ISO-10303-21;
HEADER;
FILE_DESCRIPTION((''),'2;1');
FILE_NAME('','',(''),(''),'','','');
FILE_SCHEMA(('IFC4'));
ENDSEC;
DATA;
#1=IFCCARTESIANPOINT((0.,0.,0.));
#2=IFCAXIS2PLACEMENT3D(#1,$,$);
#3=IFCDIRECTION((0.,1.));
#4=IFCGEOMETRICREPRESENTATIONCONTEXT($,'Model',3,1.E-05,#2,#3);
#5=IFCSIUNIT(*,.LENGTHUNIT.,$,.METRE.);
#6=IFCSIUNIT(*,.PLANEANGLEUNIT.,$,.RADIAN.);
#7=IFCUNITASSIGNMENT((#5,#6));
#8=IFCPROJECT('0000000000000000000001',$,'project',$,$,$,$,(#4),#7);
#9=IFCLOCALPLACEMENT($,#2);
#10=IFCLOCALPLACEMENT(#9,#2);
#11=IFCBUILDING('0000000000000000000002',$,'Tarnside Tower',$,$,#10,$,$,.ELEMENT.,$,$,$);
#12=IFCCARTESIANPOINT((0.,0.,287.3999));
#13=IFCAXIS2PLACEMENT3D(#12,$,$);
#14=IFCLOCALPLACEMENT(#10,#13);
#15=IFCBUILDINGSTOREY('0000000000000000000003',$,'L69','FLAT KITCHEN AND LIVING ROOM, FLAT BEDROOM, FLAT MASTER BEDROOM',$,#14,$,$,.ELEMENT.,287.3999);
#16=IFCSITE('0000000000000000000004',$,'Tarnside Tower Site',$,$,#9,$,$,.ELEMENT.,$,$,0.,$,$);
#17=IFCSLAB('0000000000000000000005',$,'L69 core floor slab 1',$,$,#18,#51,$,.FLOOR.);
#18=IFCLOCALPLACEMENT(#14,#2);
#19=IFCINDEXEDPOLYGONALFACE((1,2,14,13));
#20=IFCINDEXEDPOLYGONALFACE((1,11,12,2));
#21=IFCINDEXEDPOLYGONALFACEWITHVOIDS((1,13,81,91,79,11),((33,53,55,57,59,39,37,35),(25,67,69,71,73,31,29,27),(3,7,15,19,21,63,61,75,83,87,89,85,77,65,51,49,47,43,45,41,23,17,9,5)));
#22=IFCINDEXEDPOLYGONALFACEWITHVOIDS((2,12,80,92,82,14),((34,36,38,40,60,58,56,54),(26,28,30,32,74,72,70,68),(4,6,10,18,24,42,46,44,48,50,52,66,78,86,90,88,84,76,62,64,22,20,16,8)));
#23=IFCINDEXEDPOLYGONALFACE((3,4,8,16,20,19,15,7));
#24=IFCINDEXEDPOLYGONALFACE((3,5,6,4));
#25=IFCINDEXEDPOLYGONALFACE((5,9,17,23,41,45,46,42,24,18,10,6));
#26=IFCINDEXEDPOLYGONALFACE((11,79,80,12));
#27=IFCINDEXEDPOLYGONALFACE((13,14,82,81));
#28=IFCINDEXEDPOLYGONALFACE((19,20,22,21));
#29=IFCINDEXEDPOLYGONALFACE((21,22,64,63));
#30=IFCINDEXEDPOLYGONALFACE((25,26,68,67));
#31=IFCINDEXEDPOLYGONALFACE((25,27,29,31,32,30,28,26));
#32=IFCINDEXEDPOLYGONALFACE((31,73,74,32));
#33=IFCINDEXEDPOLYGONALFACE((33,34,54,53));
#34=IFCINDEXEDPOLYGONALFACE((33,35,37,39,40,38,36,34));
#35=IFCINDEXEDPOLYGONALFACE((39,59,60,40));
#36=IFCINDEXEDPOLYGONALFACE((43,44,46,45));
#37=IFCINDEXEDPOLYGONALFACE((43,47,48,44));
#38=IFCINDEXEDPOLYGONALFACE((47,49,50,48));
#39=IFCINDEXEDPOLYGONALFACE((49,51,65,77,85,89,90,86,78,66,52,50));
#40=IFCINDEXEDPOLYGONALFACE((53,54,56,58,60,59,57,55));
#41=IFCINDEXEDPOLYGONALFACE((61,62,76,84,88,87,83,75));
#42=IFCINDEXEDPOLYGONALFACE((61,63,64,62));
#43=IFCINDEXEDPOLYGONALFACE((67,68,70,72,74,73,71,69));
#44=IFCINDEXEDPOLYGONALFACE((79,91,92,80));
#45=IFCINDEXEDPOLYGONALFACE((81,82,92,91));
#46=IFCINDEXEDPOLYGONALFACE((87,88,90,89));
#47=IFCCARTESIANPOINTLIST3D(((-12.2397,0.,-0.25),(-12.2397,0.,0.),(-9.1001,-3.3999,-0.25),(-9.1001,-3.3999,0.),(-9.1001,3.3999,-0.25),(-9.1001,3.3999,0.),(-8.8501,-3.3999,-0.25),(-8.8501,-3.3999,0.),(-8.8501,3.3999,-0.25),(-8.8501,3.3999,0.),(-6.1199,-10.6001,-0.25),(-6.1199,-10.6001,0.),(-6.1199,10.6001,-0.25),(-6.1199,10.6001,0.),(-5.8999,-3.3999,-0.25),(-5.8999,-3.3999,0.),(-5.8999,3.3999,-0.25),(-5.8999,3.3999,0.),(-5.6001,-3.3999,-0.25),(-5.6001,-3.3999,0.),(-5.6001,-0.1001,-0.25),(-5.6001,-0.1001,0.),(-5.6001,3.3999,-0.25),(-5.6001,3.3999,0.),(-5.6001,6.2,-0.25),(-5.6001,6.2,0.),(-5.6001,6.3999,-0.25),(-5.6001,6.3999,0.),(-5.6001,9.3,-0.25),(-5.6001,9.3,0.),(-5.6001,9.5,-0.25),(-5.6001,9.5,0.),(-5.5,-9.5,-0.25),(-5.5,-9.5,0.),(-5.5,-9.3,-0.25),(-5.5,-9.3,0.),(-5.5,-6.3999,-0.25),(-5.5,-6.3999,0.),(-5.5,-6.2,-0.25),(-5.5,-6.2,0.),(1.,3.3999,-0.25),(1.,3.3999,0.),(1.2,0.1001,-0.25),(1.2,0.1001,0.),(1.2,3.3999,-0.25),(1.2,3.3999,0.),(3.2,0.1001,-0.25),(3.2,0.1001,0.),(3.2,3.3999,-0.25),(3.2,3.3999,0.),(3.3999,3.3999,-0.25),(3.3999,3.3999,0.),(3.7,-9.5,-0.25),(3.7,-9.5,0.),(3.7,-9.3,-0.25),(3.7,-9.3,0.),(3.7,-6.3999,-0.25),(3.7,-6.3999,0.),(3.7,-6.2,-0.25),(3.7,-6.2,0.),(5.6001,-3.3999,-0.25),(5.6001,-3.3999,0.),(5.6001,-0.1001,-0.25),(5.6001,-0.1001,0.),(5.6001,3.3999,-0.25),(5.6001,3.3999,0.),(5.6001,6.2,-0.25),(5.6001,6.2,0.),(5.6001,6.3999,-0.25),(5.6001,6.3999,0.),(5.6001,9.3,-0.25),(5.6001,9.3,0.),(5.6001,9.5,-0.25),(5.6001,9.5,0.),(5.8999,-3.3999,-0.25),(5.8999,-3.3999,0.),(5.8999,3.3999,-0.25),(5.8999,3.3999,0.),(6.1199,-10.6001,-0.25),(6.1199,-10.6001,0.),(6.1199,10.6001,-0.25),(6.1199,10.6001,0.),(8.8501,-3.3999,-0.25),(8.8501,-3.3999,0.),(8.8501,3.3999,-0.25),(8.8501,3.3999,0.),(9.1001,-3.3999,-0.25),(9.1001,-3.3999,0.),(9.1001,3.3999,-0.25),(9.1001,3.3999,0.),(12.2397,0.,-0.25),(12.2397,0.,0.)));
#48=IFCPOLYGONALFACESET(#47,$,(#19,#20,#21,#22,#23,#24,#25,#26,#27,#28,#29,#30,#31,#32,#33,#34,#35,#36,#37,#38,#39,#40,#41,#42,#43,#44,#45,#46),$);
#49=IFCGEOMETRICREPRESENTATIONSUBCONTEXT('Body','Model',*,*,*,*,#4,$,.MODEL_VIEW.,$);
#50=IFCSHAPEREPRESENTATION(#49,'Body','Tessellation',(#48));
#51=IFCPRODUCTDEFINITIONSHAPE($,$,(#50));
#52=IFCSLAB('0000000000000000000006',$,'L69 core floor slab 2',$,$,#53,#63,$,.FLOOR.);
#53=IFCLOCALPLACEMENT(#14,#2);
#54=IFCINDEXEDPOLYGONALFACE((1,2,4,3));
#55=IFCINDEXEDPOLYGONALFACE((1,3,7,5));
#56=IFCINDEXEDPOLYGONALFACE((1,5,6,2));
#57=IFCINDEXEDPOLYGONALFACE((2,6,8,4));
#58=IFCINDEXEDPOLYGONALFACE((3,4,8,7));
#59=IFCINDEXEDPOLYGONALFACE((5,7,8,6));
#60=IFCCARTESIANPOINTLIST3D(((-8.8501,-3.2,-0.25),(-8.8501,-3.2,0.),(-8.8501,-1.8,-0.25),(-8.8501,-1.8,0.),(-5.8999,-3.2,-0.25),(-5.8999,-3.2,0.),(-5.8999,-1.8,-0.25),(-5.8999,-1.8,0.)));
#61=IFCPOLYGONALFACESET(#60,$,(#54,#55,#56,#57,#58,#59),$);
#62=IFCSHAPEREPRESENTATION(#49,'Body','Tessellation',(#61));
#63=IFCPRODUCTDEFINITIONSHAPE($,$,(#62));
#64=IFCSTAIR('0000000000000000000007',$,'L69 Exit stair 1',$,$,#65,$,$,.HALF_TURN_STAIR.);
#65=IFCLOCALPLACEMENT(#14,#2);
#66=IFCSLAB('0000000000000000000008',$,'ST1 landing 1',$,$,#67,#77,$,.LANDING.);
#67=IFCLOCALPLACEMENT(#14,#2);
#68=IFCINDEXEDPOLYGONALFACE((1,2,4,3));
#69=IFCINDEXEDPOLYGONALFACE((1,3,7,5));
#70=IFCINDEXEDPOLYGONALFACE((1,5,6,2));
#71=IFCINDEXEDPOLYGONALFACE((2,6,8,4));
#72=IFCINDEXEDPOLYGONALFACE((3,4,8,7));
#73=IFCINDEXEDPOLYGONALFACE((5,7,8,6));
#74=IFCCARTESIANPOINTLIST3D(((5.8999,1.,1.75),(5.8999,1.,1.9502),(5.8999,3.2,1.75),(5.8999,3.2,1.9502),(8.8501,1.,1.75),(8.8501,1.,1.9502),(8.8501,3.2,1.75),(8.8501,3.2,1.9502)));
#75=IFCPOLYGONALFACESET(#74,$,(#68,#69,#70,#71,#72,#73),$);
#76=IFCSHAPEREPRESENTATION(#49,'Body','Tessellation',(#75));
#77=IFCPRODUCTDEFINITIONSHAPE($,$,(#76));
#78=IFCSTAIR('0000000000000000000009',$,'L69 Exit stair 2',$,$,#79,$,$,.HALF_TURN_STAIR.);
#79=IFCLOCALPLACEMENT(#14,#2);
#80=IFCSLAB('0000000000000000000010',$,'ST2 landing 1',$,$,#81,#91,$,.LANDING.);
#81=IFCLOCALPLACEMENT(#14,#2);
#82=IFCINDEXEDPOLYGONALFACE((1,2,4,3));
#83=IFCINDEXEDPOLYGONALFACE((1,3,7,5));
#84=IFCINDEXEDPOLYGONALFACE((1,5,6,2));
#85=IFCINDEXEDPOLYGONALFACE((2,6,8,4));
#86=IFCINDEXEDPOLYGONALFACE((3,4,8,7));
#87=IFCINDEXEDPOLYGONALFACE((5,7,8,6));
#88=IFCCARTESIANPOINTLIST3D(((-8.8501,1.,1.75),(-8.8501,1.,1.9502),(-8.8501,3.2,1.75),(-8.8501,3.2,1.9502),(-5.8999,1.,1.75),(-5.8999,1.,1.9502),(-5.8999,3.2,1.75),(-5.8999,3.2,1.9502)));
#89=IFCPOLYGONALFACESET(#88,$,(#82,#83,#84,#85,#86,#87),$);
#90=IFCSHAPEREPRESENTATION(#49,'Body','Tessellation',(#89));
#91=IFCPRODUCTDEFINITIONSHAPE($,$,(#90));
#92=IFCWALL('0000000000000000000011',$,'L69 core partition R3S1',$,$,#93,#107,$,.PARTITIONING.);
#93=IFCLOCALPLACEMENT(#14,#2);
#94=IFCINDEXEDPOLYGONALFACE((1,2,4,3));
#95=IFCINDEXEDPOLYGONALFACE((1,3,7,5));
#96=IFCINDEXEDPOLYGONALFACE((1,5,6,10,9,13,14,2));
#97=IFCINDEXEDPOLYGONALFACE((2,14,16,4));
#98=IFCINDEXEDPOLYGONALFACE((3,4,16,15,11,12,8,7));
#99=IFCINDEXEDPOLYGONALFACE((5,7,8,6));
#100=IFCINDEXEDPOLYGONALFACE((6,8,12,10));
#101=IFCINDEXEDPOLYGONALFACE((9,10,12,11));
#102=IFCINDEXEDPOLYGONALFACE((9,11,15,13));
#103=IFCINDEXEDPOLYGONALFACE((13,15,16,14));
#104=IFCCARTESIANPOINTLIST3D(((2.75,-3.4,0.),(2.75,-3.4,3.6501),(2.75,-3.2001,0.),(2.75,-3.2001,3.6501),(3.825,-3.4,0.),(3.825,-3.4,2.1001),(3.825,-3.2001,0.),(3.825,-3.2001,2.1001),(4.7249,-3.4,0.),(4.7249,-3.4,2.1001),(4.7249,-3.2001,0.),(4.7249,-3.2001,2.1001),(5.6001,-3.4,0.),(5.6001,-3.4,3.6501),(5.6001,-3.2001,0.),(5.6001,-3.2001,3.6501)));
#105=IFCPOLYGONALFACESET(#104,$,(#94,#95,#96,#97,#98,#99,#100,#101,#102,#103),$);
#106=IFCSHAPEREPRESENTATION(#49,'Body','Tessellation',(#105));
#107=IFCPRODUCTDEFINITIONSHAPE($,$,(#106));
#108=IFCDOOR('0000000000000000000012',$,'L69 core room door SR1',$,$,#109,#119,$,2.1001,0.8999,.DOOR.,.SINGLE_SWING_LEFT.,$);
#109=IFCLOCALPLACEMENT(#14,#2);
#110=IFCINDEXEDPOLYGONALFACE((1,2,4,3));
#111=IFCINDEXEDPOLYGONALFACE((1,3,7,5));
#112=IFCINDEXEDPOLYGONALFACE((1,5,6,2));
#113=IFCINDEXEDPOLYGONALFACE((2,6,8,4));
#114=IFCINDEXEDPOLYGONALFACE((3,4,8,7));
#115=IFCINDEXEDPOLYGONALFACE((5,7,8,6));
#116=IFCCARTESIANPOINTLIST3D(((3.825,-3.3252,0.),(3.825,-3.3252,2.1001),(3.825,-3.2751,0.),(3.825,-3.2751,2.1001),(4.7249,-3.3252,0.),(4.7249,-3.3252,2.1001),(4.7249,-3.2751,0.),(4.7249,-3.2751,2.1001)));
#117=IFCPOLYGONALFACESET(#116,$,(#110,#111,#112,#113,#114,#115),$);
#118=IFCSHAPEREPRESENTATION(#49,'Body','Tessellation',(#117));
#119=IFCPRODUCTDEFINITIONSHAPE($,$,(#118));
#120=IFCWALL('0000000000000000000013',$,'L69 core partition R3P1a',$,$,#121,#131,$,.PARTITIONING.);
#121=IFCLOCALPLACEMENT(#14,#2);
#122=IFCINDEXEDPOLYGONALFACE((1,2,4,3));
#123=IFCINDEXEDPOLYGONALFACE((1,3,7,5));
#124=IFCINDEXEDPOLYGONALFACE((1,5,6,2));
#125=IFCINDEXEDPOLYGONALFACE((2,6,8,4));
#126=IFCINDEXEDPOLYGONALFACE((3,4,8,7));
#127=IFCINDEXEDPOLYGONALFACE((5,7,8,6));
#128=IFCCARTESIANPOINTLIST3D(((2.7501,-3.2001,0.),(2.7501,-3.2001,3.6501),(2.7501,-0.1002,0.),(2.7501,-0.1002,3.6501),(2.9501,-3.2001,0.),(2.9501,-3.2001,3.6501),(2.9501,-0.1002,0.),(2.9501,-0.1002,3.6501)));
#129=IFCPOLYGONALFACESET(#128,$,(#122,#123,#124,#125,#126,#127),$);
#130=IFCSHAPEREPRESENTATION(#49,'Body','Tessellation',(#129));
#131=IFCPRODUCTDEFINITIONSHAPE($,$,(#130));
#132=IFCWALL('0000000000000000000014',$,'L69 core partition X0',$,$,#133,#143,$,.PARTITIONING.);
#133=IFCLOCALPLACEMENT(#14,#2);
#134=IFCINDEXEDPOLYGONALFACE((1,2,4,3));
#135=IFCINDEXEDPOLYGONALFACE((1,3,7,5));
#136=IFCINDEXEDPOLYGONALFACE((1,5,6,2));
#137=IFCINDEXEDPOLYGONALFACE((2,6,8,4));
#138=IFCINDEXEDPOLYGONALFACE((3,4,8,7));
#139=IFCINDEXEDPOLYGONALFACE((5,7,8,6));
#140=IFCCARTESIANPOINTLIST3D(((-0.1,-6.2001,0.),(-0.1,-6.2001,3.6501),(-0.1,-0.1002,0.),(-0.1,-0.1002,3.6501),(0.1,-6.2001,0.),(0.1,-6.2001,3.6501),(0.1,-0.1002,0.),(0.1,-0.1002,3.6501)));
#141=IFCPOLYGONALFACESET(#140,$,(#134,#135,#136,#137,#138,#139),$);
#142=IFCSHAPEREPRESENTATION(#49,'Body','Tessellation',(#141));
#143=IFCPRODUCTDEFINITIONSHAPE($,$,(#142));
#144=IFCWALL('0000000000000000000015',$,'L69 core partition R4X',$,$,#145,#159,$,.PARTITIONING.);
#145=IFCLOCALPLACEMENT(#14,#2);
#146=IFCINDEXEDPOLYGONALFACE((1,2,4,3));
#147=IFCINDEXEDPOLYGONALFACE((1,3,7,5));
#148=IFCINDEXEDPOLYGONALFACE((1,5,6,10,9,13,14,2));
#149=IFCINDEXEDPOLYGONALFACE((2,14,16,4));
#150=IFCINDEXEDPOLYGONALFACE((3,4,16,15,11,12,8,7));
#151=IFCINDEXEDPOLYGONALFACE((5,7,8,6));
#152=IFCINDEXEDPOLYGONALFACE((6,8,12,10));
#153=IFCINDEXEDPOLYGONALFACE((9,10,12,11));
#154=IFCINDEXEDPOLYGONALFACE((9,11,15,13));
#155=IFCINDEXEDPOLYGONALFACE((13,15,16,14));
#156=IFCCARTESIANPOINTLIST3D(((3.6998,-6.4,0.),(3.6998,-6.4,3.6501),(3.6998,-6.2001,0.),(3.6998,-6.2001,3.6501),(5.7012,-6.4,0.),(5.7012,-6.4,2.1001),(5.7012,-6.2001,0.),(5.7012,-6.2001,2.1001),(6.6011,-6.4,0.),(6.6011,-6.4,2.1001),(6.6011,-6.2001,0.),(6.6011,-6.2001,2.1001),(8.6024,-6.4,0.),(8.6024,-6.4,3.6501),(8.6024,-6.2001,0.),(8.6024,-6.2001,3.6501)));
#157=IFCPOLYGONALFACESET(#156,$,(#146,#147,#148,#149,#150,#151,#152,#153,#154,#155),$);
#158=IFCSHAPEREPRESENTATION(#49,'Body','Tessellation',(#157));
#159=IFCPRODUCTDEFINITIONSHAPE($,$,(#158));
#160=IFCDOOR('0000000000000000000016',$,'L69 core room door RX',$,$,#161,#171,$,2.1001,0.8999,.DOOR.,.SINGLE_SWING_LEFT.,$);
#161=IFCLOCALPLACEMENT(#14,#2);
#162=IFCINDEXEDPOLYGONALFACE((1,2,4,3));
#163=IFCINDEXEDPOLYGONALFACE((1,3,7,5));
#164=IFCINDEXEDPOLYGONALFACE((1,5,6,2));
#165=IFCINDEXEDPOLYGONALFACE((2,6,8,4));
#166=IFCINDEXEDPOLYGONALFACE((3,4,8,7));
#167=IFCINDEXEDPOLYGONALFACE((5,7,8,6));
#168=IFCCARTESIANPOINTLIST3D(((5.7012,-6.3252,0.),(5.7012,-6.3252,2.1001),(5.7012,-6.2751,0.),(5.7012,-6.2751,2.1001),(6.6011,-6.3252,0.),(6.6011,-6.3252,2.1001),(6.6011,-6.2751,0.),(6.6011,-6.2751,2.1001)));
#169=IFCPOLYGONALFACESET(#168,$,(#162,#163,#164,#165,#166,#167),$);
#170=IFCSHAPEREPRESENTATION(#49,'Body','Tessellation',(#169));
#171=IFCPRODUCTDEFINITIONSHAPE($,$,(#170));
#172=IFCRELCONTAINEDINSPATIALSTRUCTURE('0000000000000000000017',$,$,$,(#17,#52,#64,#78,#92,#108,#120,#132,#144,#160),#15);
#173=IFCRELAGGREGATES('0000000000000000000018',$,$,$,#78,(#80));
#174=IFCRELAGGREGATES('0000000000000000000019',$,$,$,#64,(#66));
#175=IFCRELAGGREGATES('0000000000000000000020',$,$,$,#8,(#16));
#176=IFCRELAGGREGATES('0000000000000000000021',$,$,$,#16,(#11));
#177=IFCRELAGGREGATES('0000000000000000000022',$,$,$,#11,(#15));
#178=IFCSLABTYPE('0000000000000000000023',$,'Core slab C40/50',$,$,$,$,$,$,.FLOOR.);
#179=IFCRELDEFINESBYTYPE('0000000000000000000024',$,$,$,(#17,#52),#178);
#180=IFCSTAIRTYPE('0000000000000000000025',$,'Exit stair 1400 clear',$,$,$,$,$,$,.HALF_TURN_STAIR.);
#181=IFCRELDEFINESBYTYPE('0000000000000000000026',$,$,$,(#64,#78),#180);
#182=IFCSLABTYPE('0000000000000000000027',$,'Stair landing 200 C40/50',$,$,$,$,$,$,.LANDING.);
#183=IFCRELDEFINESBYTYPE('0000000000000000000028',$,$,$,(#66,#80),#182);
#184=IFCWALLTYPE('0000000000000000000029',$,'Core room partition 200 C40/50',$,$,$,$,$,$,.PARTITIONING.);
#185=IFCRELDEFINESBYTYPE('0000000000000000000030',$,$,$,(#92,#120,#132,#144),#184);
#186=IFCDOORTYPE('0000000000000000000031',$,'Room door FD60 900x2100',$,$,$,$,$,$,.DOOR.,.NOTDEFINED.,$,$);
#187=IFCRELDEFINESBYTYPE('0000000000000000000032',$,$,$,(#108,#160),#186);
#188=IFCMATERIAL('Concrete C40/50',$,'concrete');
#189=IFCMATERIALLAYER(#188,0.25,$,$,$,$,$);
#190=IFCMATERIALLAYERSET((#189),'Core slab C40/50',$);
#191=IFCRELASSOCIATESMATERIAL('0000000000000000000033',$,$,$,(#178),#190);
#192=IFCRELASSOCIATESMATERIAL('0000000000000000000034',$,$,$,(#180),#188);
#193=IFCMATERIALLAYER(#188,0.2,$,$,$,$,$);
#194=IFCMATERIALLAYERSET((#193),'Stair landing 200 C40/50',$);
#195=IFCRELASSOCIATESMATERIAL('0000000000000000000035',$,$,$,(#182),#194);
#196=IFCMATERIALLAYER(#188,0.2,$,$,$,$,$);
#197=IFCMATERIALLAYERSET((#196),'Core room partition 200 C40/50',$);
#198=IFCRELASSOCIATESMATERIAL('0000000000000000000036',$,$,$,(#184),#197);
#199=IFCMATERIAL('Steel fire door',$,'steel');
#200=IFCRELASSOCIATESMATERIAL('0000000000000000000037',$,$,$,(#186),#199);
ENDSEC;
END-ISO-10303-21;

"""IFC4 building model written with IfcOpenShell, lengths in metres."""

from ifc_helpers import new_model, si_unit, direction, frame, frame_2d, origin, place, context, subcontext, project, spatial, polyline, rectangle, outline, extrude, material, layer, layer_set, type_object, element, fill, aggregate, save


model = new_model("IFC4")

# Units and contexts
model_context = context("Model", 3, precision=1e-05, world=origin(), true_north=direction((0.0, 1.0)))
body_context = subcontext(model_context, "Body", "Model", "MODEL_VIEW")
ifc_project = project(units=[si_unit("LENGTHUNIT", "METRE"), si_unit("PLANEANGLEUNIT", "RADIAN")], contexts=[model_context])

# Site, building, storey
site_placement = place(None, origin())
site = spatial("IfcSite", under=ifc_project, at=site_placement, Name="Tarnside Tower Site", CompositionType="ELEMENT", RefElevation=0.0)
building_placement = place(site_placement, origin())
building = spatial("IfcBuilding", under=site, at=building_placement, Name="Tarnside Tower", CompositionType="ELEMENT")
storey_placement = place(building_placement, frame((0.0, 0.0, 287.3999)))
storey = spatial("IfcBuildingStorey", under=building, at=storey_placement, Name="L69", Description="FLAT KITCHEN AND LIVING ROOM, FLAT BEDROOM, FLAT MASTER BEDROOM", CompositionType="ELEMENT", Elevation=287.3999)

# Slabs
ifc_material_1 = material(Name="Concrete C40/50", Category="concrete")
ifc_layer_1 = layer(ifc_material_1, 0.25)
ifc_layer_set_1 = layer_set([ifc_layer_1], Name="Core slab C40/50")
slab_type_1 = type_object("IfcSlabType", Name="Core slab C40/50", PredefinedType="FLOOR", material=ifc_layer_set_1)
slab_1_placement = place(storey_placement, frame((0.0, 0.0, -0.25)))
element("IfcSlab", 1, at=slab_1_placement, inside=storey, type_object=slab_type_1, Name="L69 core floor slab 1", PredefinedType="FLOOR", context=body_context, shape_type="SweptSolid", body=[
    extrude(outline(polyline([(6.1199, 10.6001), (12.2397, 0.0), (6.1199, -10.6001), (-6.1199, -10.6001), (-12.2397, 0.0), (-6.1199, 10.6001), (6.1199, 10.6001)]), holes=[polyline([(-5.5, -9.5), (3.7, -9.5), (3.7, -9.3), (3.7, -6.3999), (3.7, -6.2), (-5.5, -6.2), (-5.5, -6.3999), (-5.5, -9.3), (-5.5, -9.5)]), polyline([(-5.6001, -3.3999), (-5.6001, -0.1001), (5.6001, -0.1001), (5.6001, -3.3999), (5.8999, -3.3999), (8.8501, -3.3999), (9.1001, -3.3999), (9.1001, 3.3999), (8.8501, 3.3999), (5.8999, 3.3999), (5.6001, 3.3999), (3.3999, 3.3999), (3.2, 3.3999), (3.2, 0.1001), (1.2, 0.1001), (1.2, 3.3999), (1.0, 3.3999), (-5.6001, 3.3999), (-5.8999, 3.3999), (-8.8501, 3.3999), (-9.1001, 3.3999), (-9.1001, -3.3999), (-8.8501, -3.3999), (-5.8999, -3.3999), (-5.6001, -3.3999)]), polyline([(-5.6001, 6.2), (5.6001, 6.2), (5.6001, 6.3999), (5.6001, 9.3), (5.6001, 9.5), (-5.6001, 9.5), (-5.6001, 9.3), (-5.6001, 6.3999), (-5.6001, 6.2)])]), origin(), (0.0, 0.0, 1.0), 0.25),
])
slab_2_placement = place(storey_placement, frame((0.0, 0.0, -0.25)))
element("IfcSlab", 2, at=slab_2_placement, inside=storey, type_object=slab_type_1, Name="L69 core floor slab 2", PredefinedType="FLOOR", context=body_context, shape_type="SweptSolid", body=[
    extrude(outline(polyline([(-8.8501, -3.2), (-8.8501, -1.8), (-5.8999, -1.8), (-5.8999, -3.2), (-8.8501, -3.2)])), origin(), (0.0, 0.0, 1.0), 0.25),
])

# Stairs, slabs
stair_type = type_object("IfcStairType", Name="Exit stair 1400 clear", PredefinedType="HALF_TURN_STAIR", material=ifc_material_1)
stair_1_placement = place(storey_placement, origin())
stair_1 = element("IfcStair", 3, at=stair_1_placement, inside=storey, type_object=stair_type, Name="L69 Exit stair 1", PredefinedType="HALF_TURN_STAIR")
ifc_layer_2 = layer(ifc_material_1, 0.2)
ifc_layer_set_2 = layer_set([ifc_layer_2], Name="Stair landing 200 C40/50")
slab_type_2 = type_object("IfcSlabType", Name="Stair landing 200 C40/50", PredefinedType="LANDING", material=ifc_layer_set_2)
slab_3_placement = place(storey_placement, frame((0.0, 0.0, 1.75)))
slab_3 = element("IfcSlab", 4, at=slab_3_placement, type_object=slab_type_2, Name="ST1 landing 1", PredefinedType="LANDING", context=body_context, shape_type="SweptSolid", body=[
    extrude(outline(polyline([(8.8501, 1.0), (8.8501, 3.2), (5.8999, 3.2), (5.8999, 1.0), (8.8501, 1.0)])), origin(), (0.0, 0.0, 1.0), 0.2002),
])
stair_2_placement = place(storey_placement, origin())
stair_2 = element("IfcStair", 5, at=stair_2_placement, inside=storey, type_object=stair_type, Name="L69 Exit stair 2", PredefinedType="HALF_TURN_STAIR")
slab_4_placement = place(storey_placement, frame((0.0, 0.0, 1.75)))
slab_4 = element("IfcSlab", 6, at=slab_4_placement, type_object=slab_type_2, Name="ST2 landing 1", PredefinedType="LANDING", context=body_context, shape_type="SweptSolid", body=[
    extrude(outline(polyline([(-5.8999, 1.0), (-5.8999, 3.2), (-8.8501, 3.2), (-8.8501, 1.0), (-5.8999, 1.0)])), origin(), (0.0, 0.0, 1.0), 0.2002),
])
aggregate(stair_2, [slab_4])

# Wall, opening, door
ifc_layer_3 = layer(ifc_material_1, 0.2)
ifc_layer_set_3 = layer_set([ifc_layer_3], Name="Core room partition 200 C40/50")
wall_type_1 = type_object("IfcWallType", Name="Core room partition 200 C40/50", PredefinedType="PARTITIONING", material=ifc_layer_set_3)
wall_1_placement = place(storey_placement, frame((2.75, -3.3, 0.0), z_axis=(0.0, 0.0, 1.0), x_axis=(1.0, 0.0, 0.0)))
wall_1 = element("IfcWall", 7, at=wall_1_placement, inside=storey, type_object=wall_type_1, Name="L69 core partition R3S1", PredefinedType="PARTITIONING", context=body_context, shape_type="SweptSolid", body=[
    extrude(rectangle(XDim=2.8501, YDim=0.2, at=frame_2d((1.425, 0.0))), origin(), (0.0, 0.0, 1.0), 3.6501),
])
opening_1_placement = place(wall_1_placement, frame((1.075, 0.0, 0.0)))
opening_1 = element("IfcOpeningElement", 8, at=opening_1_placement, cuts=wall_1, PredefinedType="OPENING", context=body_context, shape_type="SweptSolid", body=[
    extrude(rectangle(XDim=0.8999, YDim=2.1001, at=frame_2d((0.45, 1.05))), frame((0.0, 0.1099, 0.0), z_axis=(0.0, -1.0, 0.0), x_axis=(1.0, 0.0, 0.0)), (0.0, 0.0, 1.0), 0.22),
])
ifc_material_2 = material(Name="Steel fire door", Category="steel")
door_type_1 = type_object("IfcDoorType", Name="Room door FD60 900x2100", OperationType="NOTDEFINED", PredefinedType="DOOR", material=ifc_material_2)
door_1_placement = place(opening_1_placement, origin())
door_1 = element("IfcDoor", 9, at=door_1_placement, inside=storey, type_object=door_type_1, Name="L69 core room door SR1", OperationType="SINGLE_SWING_LEFT", OverallHeight=2.1001, OverallWidth=0.8999, PredefinedType="DOOR", context=body_context, shape_type="SweptSolid", body=[
    extrude(rectangle(XDim=0.8999, YDim=2.1001, at=frame_2d((0.45, 1.05))), frame((0.0, 0.0249, 0.0), z_axis=(0.0, -1.0, 0.0), x_axis=(1.0, 0.0, 0.0)), (0.0, 0.0, 1.0), 0.05),
])
fill(opening_1, door_1)

# Walls
wall_2_placement = place(storey_placement, frame((2.8501, -3.2, 0.0), z_axis=(0.0, 0.0, 1.0), x_axis=(0.0, 1.0, 0.0)))
element("IfcWall", 10, at=wall_2_placement, inside=storey, type_object=wall_type_1, Name="L69 core partition R3P1a", PredefinedType="PARTITIONING", context=body_context, shape_type="SweptSolid", body=[
    extrude(rectangle(XDim=3.0999, YDim=0.2, at=frame_2d((1.5498, 0.0))), origin(), (0.0, 0.0, 1.0), 3.6501),
])
wall_3_placement = place(storey_placement, frame((0.0, -6.2, 0.0), z_axis=(0.0, 0.0, 1.0), x_axis=(0.0, 1.0, 0.0)))
element("IfcWall", 11, at=wall_3_placement, inside=storey, type_object=wall_type_1, Name="L69 core partition X0", PredefinedType="PARTITIONING", context=body_context, shape_type="SweptSolid", body=[
    extrude(rectangle(XDim=6.0999, YDim=0.2, at=frame_2d((3.0498, 0.0))), origin(), (0.0, 0.0, 1.0), 3.6501),
])

# Wall, opening, door
wall_4_placement = place(storey_placement, frame((3.7, -6.3, 0.0), z_axis=(0.0, 0.0, 1.0), x_axis=(1.0, 0.0, 0.0)))
wall_4 = element("IfcWall", 12, at=wall_4_placement, inside=storey, type_object=wall_type_1, Name="L69 core partition R4X", PredefinedType="PARTITIONING", context=body_context, shape_type="SweptSolid", body=[
    extrude(rectangle(XDim=4.9026, YDim=0.2, at=frame_2d((2.4512, 0.0))), origin(), (0.0, 0.0, 1.0), 3.6501),
])
opening_2_placement = place(wall_4_placement, frame((2.0012, 0.0, 0.0)))
opening_2 = element("IfcOpeningElement", 13, at=opening_2_placement, cuts=wall_4, PredefinedType="OPENING", context=body_context, shape_type="SweptSolid", body=[
    extrude(rectangle(XDim=0.8999, YDim=2.1001, at=frame_2d((0.45, 1.05))), frame((0.0, 0.1099, 0.0), z_axis=(0.0, -1.0, 0.0), x_axis=(1.0, 0.0, 0.0)), (0.0, 0.0, 1.0), 0.22),
])
door_2_placement = place(opening_2_placement, origin())
door_2 = element("IfcDoor", 14, at=door_2_placement, inside=storey, type_object=door_type_1, Name="L69 core room door RX", OperationType="SINGLE_SWING_LEFT", OverallHeight=2.1001, OverallWidth=0.8999, PredefinedType="DOOR", context=body_context, shape_type="SweptSolid", body=[
    extrude(rectangle(XDim=0.8999, YDim=2.1001, at=frame_2d((0.45, 1.05))), frame((0.0, 0.0249, 0.0), z_axis=(0.0, -1.0, 0.0), x_axis=(1.0, 0.0, 0.0)), (0.0, 0.0, 1.0), 0.05),
])
fill(opening_2, door_2)

aggregate(stair_1, [slab_3])

save(model, "model.ifc")
